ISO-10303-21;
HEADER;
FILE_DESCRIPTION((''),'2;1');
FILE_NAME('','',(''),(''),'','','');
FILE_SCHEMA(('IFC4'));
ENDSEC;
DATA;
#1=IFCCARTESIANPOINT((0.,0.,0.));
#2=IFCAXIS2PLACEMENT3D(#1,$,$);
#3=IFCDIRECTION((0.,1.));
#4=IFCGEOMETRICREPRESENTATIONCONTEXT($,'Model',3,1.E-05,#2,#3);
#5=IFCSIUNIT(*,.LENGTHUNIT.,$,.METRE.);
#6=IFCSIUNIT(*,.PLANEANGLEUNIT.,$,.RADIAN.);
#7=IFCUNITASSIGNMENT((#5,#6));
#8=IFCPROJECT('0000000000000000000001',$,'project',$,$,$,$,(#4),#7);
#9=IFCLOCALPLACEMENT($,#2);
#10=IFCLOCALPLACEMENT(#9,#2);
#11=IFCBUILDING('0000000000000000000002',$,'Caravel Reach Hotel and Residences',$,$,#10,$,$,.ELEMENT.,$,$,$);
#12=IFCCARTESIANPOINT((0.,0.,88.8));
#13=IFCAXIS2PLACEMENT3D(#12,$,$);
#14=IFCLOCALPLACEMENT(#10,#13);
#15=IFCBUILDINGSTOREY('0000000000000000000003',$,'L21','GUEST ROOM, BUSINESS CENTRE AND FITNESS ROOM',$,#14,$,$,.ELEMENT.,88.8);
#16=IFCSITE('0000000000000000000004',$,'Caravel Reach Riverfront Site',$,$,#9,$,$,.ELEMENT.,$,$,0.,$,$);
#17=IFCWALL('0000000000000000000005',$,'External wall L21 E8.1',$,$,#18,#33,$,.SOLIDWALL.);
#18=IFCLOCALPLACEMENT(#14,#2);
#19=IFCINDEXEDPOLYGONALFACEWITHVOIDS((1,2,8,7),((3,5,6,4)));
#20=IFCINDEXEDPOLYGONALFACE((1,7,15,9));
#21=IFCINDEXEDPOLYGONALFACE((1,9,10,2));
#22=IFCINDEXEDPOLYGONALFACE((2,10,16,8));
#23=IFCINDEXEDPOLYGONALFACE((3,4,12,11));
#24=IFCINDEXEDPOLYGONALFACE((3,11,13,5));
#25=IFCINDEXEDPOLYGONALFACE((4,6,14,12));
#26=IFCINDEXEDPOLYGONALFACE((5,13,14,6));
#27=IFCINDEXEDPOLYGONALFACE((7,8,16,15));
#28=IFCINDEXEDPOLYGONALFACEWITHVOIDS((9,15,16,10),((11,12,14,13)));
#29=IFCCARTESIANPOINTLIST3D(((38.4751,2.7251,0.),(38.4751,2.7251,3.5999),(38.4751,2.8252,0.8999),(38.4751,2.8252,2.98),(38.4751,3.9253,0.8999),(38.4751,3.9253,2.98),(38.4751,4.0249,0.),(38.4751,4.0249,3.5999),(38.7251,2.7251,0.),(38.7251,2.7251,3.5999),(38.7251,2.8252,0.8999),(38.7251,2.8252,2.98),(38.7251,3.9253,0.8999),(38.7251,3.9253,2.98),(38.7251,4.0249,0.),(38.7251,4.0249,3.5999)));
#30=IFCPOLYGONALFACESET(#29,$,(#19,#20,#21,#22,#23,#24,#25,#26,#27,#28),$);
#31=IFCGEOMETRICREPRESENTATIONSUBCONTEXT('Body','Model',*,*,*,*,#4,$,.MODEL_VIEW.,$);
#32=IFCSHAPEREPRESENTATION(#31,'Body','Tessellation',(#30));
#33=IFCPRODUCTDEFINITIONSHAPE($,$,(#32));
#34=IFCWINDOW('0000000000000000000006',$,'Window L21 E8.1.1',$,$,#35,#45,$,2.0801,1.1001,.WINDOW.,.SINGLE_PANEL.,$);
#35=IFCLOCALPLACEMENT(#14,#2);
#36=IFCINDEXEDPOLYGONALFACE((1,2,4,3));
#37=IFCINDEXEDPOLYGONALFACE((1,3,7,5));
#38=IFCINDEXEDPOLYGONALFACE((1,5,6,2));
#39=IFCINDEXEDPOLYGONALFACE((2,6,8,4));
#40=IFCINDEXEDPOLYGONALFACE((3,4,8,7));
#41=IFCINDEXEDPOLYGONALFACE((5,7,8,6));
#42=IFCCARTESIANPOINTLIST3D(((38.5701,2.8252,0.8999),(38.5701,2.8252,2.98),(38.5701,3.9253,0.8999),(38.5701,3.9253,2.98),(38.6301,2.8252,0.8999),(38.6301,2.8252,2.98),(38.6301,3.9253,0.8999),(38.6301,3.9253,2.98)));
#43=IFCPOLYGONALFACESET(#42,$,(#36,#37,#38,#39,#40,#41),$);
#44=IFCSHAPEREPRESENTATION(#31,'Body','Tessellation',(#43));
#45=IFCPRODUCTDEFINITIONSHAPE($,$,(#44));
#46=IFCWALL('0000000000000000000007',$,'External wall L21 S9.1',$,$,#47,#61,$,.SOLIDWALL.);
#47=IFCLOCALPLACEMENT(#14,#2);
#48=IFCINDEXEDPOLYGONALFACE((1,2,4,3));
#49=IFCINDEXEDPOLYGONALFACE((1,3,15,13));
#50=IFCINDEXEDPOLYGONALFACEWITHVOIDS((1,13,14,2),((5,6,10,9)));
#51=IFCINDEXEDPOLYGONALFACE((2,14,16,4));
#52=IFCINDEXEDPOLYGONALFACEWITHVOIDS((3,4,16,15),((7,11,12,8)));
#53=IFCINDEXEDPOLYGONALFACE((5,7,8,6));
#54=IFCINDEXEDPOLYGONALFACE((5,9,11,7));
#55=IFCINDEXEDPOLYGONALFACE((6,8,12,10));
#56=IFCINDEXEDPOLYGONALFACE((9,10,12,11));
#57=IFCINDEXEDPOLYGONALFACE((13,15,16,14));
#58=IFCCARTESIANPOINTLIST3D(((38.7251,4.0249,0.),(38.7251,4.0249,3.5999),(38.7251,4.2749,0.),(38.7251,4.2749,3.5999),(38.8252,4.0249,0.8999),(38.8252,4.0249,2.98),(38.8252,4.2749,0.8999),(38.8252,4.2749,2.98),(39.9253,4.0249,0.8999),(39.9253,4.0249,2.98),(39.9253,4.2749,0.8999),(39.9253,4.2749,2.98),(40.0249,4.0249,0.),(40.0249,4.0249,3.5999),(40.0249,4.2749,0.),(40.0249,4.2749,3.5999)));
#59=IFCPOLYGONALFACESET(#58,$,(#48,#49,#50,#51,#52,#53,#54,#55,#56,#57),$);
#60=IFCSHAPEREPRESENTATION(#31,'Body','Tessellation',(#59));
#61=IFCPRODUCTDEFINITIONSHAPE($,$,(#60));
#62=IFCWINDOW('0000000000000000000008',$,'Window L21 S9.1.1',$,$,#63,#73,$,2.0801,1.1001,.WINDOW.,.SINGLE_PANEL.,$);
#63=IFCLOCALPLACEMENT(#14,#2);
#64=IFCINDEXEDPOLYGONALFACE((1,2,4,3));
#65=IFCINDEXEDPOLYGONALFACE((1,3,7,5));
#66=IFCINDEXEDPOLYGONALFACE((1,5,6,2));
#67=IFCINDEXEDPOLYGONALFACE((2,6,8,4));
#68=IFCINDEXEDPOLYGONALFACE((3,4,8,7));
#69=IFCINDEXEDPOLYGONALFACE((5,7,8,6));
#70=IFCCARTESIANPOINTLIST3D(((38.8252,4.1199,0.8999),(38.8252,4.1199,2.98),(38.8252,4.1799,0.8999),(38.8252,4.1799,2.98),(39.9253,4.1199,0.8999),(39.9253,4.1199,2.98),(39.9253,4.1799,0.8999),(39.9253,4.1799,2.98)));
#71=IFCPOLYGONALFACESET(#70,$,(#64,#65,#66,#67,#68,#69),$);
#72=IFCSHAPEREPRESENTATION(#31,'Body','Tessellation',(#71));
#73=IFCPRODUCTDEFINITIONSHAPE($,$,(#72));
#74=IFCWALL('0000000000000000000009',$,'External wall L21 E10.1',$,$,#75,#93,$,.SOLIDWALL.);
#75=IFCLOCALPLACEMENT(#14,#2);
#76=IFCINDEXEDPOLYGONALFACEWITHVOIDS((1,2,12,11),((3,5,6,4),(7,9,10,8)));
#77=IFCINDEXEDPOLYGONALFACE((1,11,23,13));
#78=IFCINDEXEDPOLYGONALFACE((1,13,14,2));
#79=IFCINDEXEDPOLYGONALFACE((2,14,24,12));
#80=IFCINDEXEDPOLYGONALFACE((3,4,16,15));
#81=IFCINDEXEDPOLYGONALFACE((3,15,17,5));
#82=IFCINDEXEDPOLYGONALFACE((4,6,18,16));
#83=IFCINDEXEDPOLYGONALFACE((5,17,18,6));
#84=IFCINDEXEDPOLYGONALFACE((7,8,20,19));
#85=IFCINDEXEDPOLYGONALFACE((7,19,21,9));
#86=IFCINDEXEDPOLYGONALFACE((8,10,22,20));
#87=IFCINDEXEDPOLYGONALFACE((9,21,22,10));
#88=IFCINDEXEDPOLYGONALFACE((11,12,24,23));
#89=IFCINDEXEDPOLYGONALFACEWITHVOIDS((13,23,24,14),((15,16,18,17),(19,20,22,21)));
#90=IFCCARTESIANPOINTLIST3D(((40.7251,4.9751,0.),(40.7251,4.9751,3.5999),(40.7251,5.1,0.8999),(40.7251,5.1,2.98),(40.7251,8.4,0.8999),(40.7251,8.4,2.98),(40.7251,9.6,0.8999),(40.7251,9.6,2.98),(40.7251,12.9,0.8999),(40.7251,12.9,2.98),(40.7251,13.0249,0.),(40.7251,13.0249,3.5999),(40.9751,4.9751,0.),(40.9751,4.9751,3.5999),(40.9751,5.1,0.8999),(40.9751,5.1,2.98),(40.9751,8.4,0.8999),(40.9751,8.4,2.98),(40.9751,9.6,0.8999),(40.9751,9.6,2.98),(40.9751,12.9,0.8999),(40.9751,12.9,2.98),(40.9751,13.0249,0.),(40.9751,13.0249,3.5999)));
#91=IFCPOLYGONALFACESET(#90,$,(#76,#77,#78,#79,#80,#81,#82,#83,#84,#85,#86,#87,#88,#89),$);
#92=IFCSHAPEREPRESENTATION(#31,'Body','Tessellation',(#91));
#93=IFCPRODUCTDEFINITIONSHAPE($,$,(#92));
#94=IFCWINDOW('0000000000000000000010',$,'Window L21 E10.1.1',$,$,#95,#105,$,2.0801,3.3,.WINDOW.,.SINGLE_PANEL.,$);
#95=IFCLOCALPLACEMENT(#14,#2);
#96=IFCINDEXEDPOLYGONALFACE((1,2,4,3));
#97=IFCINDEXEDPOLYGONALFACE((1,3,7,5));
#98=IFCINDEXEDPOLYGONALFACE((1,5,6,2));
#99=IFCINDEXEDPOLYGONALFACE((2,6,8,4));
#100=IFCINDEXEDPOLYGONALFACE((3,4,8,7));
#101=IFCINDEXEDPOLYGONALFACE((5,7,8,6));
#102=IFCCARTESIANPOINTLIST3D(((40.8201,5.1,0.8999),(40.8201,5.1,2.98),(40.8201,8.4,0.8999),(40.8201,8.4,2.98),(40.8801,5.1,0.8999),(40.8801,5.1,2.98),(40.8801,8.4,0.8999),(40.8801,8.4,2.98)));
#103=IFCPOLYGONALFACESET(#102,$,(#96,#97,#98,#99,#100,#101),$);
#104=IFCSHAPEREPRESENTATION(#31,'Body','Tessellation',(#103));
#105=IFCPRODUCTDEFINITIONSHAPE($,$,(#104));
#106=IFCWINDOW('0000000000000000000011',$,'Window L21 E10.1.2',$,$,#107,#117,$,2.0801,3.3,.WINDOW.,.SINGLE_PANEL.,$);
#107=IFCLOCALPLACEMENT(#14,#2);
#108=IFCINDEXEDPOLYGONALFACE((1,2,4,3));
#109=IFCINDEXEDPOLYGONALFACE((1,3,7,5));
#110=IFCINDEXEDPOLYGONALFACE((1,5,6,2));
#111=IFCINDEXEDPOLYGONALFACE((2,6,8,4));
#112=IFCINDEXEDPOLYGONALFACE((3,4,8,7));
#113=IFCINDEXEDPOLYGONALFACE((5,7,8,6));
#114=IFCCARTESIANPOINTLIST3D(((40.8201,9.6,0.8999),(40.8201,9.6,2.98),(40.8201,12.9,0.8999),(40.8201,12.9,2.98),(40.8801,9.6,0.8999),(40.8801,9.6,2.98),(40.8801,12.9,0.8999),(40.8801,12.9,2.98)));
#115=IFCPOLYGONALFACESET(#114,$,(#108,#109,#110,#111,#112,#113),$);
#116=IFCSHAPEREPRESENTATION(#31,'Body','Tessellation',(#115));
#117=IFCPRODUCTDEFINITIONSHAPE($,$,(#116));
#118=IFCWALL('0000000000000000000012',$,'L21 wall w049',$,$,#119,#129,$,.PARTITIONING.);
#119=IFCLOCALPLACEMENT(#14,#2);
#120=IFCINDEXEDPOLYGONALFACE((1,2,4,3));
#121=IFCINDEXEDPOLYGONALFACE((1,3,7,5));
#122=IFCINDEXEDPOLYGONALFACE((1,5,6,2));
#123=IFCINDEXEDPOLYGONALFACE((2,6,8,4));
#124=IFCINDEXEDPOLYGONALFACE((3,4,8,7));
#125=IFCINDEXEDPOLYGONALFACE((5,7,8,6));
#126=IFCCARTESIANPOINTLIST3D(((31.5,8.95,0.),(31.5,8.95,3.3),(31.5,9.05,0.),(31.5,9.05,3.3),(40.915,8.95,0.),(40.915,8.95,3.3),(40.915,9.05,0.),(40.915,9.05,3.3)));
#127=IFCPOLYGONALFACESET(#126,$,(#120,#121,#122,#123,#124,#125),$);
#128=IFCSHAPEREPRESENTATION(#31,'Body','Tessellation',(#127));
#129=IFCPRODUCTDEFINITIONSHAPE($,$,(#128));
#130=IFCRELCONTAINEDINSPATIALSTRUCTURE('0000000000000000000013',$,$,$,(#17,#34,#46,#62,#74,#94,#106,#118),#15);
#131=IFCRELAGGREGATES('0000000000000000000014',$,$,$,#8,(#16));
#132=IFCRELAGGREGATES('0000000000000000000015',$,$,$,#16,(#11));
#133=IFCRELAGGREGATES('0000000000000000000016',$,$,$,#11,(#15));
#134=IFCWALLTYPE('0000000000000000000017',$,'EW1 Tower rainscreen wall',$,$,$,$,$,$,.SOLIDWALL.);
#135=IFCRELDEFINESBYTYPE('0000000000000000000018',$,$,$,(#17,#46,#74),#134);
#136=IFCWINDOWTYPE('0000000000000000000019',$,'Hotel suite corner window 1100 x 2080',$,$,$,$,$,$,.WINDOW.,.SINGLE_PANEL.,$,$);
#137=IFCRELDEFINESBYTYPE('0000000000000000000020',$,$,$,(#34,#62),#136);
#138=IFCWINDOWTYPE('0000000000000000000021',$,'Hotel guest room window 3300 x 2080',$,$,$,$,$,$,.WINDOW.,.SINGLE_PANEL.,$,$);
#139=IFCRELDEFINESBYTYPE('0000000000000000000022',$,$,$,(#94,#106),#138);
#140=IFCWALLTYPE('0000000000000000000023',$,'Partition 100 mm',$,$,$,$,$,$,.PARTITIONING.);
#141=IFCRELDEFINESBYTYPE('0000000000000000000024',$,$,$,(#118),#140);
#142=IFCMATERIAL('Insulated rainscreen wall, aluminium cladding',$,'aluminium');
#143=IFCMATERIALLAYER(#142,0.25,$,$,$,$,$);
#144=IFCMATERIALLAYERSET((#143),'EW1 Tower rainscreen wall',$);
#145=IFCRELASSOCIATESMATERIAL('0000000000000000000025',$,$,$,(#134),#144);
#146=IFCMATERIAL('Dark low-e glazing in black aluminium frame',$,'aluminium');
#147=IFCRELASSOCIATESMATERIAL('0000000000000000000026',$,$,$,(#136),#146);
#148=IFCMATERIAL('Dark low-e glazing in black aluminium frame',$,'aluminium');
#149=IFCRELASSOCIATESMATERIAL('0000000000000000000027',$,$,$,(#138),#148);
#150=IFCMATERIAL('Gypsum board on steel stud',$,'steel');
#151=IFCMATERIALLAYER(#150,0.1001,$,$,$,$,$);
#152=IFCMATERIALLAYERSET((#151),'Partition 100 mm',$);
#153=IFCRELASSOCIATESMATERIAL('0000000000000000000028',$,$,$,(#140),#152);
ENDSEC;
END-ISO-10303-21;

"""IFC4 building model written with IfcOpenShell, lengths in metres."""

from ifc_helpers import new_model, si_unit, direction, frame, frame_2d, origin, place, context, subcontext, project, spatial, rectangle, extrude, material, layer, layer_set, type_object, element, fill, save


model = new_model("IFC4")

# Units and contexts
model_context = context("Model", 3, precision=1e-05, world=origin(), true_north=direction((0.0, 1.0)))
body_context = subcontext(model_context, "Body", "Model", "MODEL_VIEW")
ifc_project = project(units=[si_unit("LENGTHUNIT", "METRE"), si_unit("PLANEANGLEUNIT", "RADIAN")], contexts=[model_context])

# Site, building, storey
site_placement = place(None, origin())
site = spatial("IfcSite", under=ifc_project, at=site_placement, Name="Caravel Reach Riverfront Site", CompositionType="ELEMENT", RefElevation=0.0)
building_placement = place(site_placement, origin())
building = spatial("IfcBuilding", under=site, at=building_placement, Name="Caravel Reach Hotel and Residences", CompositionType="ELEMENT")
storey_placement = place(building_placement, frame((0.0, 0.0, 88.8)))
storey = spatial("IfcBuildingStorey", under=building, at=storey_placement, Name="L21", Description="GUEST ROOM, BUSINESS CENTRE AND FITNESS ROOM", CompositionType="ELEMENT", Elevation=88.8)

# Walls, openings, windows
ifc_material_1 = material(Name="Insulated rainscreen wall, aluminium cladding", Category="aluminium")
ifc_layer_1 = layer(ifc_material_1, 0.25)
ifc_layer_set_1 = layer_set([ifc_layer_1], Name="EW1 Tower rainscreen wall")
wall_type_1 = type_object("IfcWallType", Name="EW1 Tower rainscreen wall", PredefinedType="SOLIDWALL", material=ifc_layer_set_1)
ifc_material_2 = material(Name="Dark low-e glazing in black aluminium frame", Category="aluminium")
window_type_1 = type_object("IfcWindowType", Name="Hotel suite corner window 1100 x 2080", PartitioningType="SINGLE_PANEL", PredefinedType="WINDOW", material=ifc_material_2)
wall_1_placement = place(storey_placement, frame((38.6001, 2.7251, 0.0), z_axis=(0.0, 0.0, 1.0), x_axis=(0.0, 1.0, 0.0)))
wall_1 = element("IfcWall", 1, at=wall_1_placement, inside=storey, type_object=wall_type_1, Name="External wall L21 E8.1", PredefinedType="SOLIDWALL", context=body_context, shape_type="SweptSolid", body=[
    extrude(rectangle(XDim=1.2998, YDim=0.25, at=frame_2d((0.6499, 0.0))), origin(), (0.0, 0.0, 1.0), 3.5999),
])
opening_1_placement = place(wall_1_placement, frame((0.1001, 0.0, 0.8999)))
opening_1 = element("IfcOpeningElement", 2, at=opening_1_placement, cuts=wall_1, PredefinedType="OPENING", context=body_context, shape_type="SweptSolid", body=[
    extrude(rectangle(XDim=1.1001, YDim=2.0801, at=frame_2d((0.55, 1.04))), frame((0.0, 0.135, 0.0), z_axis=(0.0, -1.0, 0.0), x_axis=(1.0, 0.0, 0.0)), (0.0, 0.0, 1.0), 0.27),
])
window_1_placement = place(opening_1_placement, origin())
window_1 = element("IfcWindow", 3, at=window_1_placement, inside=storey, type_object=window_type_1, Name="Window L21 E8.1.1", OverallHeight=2.0801, OverallWidth=1.1001, PartitioningType="SINGLE_PANEL", PredefinedType="WINDOW", context=body_context, shape_type="SweptSolid", body=[
    extrude(rectangle(XDim=1.1001, YDim=2.0801, at=frame_2d((0.55, 1.04))), frame((0.0, 0.03, 0.0), z_axis=(0.0, -1.0, 0.0), x_axis=(1.0, 0.0, 0.0)), (0.0, 0.0, 1.0), 0.0601),
])
fill(opening_1, window_1)
wall_2_placement = place(storey_placement, frame((38.7251, 4.1499, 0.0), z_axis=(0.0, 0.0, 1.0), x_axis=(1.0, 0.0, 0.0)))
wall_2 = element("IfcWall", 4, at=wall_2_placement, inside=storey, type_object=wall_type_1, Name="External wall L21 S9.1", PredefinedType="SOLIDWALL", context=body_context, shape_type="SweptSolid", body=[
    extrude(rectangle(XDim=1.2998, YDim=0.25, at=frame_2d((0.6499, 0.0))), origin(), (0.0, 0.0, 1.0), 3.5999),
])
opening_2_placement = place(wall_2_placement, frame((0.1001, 0.0, 0.8999)))
opening_2 = element("IfcOpeningElement", 5, at=opening_2_placement, cuts=wall_2, PredefinedType="OPENING", context=body_context, shape_type="SweptSolid", body=[
    extrude(rectangle(XDim=1.1001, YDim=2.0801, at=frame_2d((0.55, 1.04))), frame((0.0, 0.135, 0.0), z_axis=(0.0, -1.0, 0.0), x_axis=(1.0, 0.0, 0.0)), (0.0, 0.0, 1.0), 0.27),
])
window_2_placement = place(opening_2_placement, origin())
window_2 = element("IfcWindow", 6, at=window_2_placement, inside=storey, type_object=window_type_1, Name="Window L21 S9.1.1", OverallHeight=2.0801, OverallWidth=1.1001, PartitioningType="SINGLE_PANEL", PredefinedType="WINDOW", context=body_context, shape_type="SweptSolid", body=[
    extrude(rectangle(XDim=1.1001, YDim=2.0801, at=frame_2d((0.55, 1.04))), frame((0.0, 0.03, 0.0), z_axis=(0.0, -1.0, 0.0), x_axis=(1.0, 0.0, 0.0)), (0.0, 0.0, 1.0), 0.0601),
])
fill(opening_2, window_2)

# Wall, openings, windows
wall_3_placement = place(storey_placement, frame((40.8501, 4.9751, 0.0), z_axis=(0.0, 0.0, 1.0), x_axis=(0.0, 1.0, 0.0)))
wall_3 = element("IfcWall", 7, at=wall_3_placement, inside=storey, type_object=wall_type_1, Name="External wall L21 E10.1", PredefinedType="SOLIDWALL", context=body_context, shape_type="SweptSolid", body=[
    extrude(rectangle(XDim=8.0498, YDim=0.25, at=frame_2d((4.0249, 0.0))), origin(), (0.0, 0.0, 1.0), 3.5999),
])
opening_3_placement = place(wall_3_placement, frame((0.125, 0.0, 0.8999)))
opening_3 = element("IfcOpeningElement", 8, at=opening_3_placement, cuts=wall_3, PredefinedType="OPENING", context=body_context, shape_type="SweptSolid", body=[
    extrude(rectangle(XDim=3.3, YDim=2.0801, at=frame_2d((1.6499, 1.04))), frame((0.0, 0.135, 0.0), z_axis=(0.0, -1.0, 0.0), x_axis=(1.0, 0.0, 0.0)), (0.0, 0.0, 1.0), 0.27),
])
opening_4_placement = place(wall_3_placement, frame((4.625, 0.0, 0.8999)))
opening_4 = element("IfcOpeningElement", 9, at=opening_4_placement, cuts=wall_3, PredefinedType="OPENING", context=body_context, shape_type="SweptSolid", body=[
    extrude(rectangle(XDim=3.3, YDim=2.0801, at=frame_2d((1.6499, 1.04))), frame((0.0, 0.135, 0.0), z_axis=(0.0, -1.0, 0.0), x_axis=(1.0, 0.0, 0.0)), (0.0, 0.0, 1.0), 0.27),
])
ifc_material_3 = material(Name="Dark low-e glazing in black aluminium frame", Category="aluminium")
window_type_2 = type_object("IfcWindowType", Name="Hotel guest room window 3300 x 2080", PartitioningType="SINGLE_PANEL", PredefinedType="WINDOW", material=ifc_material_3)
window_3_placement = place(opening_3_placement, origin())
window_3 = element("IfcWindow", 10, at=window_3_placement, inside=storey, type_object=window_type_2, Name="Window L21 E10.1.1", OverallHeight=2.0801, OverallWidth=3.3, PartitioningType="SINGLE_PANEL", PredefinedType="WINDOW", context=body_context, shape_type="SweptSolid", body=[
    extrude(rectangle(XDim=3.3, YDim=2.0801, at=frame_2d((1.6499, 1.04))), frame((0.0, 0.03, 0.0), z_axis=(0.0, -1.0, 0.0), x_axis=(1.0, 0.0, 0.0)), (0.0, 0.0, 1.0), 0.0601),
])
fill(opening_3, window_3)
window_4_placement = place(opening_4_placement, origin())
window_4 = element("IfcWindow", 11, at=window_4_placement, inside=storey, type_object=window_type_2, Name="Window L21 E10.1.2", OverallHeight=2.0801, OverallWidth=3.3, PartitioningType="SINGLE_PANEL", PredefinedType="WINDOW", context=body_context, shape_type="SweptSolid", body=[
    extrude(rectangle(XDim=3.3, YDim=2.0801, at=frame_2d((1.6499, 1.04))), frame((0.0, 0.03, 0.0), z_axis=(0.0, -1.0, 0.0), x_axis=(1.0, 0.0, 0.0)), (0.0, 0.0, 1.0), 0.0601),
])
fill(opening_4, window_4)

# Wall
ifc_material_4 = material(Name="Gypsum board on steel stud", Category="steel")
ifc_layer_2 = layer(ifc_material_4, 0.1001)
ifc_layer_set_2 = layer_set([ifc_layer_2], Name="Partition 100 mm")
wall_type_2 = type_object("IfcWallType", Name="Partition 100 mm", PredefinedType="PARTITIONING", material=ifc_layer_set_2)
wall_4_placement = place(storey_placement, frame((31.5, 9.0, 0.0), z_axis=(0.0, 0.0, 1.0), x_axis=(1.0, 0.0, 0.0)))
element("IfcWall", 12, at=wall_4_placement, inside=storey, type_object=wall_type_2, Name="L21 wall w049", PredefinedType="PARTITIONING", context=body_context, shape_type="SweptSolid", body=[
    extrude(rectangle(XDim=9.415, YDim=0.1001, at=frame_2d((4.7075, 0.0))), origin(), (0.0, 0.0, 1.0), 3.3),
])

save(model, "model.ifc")
